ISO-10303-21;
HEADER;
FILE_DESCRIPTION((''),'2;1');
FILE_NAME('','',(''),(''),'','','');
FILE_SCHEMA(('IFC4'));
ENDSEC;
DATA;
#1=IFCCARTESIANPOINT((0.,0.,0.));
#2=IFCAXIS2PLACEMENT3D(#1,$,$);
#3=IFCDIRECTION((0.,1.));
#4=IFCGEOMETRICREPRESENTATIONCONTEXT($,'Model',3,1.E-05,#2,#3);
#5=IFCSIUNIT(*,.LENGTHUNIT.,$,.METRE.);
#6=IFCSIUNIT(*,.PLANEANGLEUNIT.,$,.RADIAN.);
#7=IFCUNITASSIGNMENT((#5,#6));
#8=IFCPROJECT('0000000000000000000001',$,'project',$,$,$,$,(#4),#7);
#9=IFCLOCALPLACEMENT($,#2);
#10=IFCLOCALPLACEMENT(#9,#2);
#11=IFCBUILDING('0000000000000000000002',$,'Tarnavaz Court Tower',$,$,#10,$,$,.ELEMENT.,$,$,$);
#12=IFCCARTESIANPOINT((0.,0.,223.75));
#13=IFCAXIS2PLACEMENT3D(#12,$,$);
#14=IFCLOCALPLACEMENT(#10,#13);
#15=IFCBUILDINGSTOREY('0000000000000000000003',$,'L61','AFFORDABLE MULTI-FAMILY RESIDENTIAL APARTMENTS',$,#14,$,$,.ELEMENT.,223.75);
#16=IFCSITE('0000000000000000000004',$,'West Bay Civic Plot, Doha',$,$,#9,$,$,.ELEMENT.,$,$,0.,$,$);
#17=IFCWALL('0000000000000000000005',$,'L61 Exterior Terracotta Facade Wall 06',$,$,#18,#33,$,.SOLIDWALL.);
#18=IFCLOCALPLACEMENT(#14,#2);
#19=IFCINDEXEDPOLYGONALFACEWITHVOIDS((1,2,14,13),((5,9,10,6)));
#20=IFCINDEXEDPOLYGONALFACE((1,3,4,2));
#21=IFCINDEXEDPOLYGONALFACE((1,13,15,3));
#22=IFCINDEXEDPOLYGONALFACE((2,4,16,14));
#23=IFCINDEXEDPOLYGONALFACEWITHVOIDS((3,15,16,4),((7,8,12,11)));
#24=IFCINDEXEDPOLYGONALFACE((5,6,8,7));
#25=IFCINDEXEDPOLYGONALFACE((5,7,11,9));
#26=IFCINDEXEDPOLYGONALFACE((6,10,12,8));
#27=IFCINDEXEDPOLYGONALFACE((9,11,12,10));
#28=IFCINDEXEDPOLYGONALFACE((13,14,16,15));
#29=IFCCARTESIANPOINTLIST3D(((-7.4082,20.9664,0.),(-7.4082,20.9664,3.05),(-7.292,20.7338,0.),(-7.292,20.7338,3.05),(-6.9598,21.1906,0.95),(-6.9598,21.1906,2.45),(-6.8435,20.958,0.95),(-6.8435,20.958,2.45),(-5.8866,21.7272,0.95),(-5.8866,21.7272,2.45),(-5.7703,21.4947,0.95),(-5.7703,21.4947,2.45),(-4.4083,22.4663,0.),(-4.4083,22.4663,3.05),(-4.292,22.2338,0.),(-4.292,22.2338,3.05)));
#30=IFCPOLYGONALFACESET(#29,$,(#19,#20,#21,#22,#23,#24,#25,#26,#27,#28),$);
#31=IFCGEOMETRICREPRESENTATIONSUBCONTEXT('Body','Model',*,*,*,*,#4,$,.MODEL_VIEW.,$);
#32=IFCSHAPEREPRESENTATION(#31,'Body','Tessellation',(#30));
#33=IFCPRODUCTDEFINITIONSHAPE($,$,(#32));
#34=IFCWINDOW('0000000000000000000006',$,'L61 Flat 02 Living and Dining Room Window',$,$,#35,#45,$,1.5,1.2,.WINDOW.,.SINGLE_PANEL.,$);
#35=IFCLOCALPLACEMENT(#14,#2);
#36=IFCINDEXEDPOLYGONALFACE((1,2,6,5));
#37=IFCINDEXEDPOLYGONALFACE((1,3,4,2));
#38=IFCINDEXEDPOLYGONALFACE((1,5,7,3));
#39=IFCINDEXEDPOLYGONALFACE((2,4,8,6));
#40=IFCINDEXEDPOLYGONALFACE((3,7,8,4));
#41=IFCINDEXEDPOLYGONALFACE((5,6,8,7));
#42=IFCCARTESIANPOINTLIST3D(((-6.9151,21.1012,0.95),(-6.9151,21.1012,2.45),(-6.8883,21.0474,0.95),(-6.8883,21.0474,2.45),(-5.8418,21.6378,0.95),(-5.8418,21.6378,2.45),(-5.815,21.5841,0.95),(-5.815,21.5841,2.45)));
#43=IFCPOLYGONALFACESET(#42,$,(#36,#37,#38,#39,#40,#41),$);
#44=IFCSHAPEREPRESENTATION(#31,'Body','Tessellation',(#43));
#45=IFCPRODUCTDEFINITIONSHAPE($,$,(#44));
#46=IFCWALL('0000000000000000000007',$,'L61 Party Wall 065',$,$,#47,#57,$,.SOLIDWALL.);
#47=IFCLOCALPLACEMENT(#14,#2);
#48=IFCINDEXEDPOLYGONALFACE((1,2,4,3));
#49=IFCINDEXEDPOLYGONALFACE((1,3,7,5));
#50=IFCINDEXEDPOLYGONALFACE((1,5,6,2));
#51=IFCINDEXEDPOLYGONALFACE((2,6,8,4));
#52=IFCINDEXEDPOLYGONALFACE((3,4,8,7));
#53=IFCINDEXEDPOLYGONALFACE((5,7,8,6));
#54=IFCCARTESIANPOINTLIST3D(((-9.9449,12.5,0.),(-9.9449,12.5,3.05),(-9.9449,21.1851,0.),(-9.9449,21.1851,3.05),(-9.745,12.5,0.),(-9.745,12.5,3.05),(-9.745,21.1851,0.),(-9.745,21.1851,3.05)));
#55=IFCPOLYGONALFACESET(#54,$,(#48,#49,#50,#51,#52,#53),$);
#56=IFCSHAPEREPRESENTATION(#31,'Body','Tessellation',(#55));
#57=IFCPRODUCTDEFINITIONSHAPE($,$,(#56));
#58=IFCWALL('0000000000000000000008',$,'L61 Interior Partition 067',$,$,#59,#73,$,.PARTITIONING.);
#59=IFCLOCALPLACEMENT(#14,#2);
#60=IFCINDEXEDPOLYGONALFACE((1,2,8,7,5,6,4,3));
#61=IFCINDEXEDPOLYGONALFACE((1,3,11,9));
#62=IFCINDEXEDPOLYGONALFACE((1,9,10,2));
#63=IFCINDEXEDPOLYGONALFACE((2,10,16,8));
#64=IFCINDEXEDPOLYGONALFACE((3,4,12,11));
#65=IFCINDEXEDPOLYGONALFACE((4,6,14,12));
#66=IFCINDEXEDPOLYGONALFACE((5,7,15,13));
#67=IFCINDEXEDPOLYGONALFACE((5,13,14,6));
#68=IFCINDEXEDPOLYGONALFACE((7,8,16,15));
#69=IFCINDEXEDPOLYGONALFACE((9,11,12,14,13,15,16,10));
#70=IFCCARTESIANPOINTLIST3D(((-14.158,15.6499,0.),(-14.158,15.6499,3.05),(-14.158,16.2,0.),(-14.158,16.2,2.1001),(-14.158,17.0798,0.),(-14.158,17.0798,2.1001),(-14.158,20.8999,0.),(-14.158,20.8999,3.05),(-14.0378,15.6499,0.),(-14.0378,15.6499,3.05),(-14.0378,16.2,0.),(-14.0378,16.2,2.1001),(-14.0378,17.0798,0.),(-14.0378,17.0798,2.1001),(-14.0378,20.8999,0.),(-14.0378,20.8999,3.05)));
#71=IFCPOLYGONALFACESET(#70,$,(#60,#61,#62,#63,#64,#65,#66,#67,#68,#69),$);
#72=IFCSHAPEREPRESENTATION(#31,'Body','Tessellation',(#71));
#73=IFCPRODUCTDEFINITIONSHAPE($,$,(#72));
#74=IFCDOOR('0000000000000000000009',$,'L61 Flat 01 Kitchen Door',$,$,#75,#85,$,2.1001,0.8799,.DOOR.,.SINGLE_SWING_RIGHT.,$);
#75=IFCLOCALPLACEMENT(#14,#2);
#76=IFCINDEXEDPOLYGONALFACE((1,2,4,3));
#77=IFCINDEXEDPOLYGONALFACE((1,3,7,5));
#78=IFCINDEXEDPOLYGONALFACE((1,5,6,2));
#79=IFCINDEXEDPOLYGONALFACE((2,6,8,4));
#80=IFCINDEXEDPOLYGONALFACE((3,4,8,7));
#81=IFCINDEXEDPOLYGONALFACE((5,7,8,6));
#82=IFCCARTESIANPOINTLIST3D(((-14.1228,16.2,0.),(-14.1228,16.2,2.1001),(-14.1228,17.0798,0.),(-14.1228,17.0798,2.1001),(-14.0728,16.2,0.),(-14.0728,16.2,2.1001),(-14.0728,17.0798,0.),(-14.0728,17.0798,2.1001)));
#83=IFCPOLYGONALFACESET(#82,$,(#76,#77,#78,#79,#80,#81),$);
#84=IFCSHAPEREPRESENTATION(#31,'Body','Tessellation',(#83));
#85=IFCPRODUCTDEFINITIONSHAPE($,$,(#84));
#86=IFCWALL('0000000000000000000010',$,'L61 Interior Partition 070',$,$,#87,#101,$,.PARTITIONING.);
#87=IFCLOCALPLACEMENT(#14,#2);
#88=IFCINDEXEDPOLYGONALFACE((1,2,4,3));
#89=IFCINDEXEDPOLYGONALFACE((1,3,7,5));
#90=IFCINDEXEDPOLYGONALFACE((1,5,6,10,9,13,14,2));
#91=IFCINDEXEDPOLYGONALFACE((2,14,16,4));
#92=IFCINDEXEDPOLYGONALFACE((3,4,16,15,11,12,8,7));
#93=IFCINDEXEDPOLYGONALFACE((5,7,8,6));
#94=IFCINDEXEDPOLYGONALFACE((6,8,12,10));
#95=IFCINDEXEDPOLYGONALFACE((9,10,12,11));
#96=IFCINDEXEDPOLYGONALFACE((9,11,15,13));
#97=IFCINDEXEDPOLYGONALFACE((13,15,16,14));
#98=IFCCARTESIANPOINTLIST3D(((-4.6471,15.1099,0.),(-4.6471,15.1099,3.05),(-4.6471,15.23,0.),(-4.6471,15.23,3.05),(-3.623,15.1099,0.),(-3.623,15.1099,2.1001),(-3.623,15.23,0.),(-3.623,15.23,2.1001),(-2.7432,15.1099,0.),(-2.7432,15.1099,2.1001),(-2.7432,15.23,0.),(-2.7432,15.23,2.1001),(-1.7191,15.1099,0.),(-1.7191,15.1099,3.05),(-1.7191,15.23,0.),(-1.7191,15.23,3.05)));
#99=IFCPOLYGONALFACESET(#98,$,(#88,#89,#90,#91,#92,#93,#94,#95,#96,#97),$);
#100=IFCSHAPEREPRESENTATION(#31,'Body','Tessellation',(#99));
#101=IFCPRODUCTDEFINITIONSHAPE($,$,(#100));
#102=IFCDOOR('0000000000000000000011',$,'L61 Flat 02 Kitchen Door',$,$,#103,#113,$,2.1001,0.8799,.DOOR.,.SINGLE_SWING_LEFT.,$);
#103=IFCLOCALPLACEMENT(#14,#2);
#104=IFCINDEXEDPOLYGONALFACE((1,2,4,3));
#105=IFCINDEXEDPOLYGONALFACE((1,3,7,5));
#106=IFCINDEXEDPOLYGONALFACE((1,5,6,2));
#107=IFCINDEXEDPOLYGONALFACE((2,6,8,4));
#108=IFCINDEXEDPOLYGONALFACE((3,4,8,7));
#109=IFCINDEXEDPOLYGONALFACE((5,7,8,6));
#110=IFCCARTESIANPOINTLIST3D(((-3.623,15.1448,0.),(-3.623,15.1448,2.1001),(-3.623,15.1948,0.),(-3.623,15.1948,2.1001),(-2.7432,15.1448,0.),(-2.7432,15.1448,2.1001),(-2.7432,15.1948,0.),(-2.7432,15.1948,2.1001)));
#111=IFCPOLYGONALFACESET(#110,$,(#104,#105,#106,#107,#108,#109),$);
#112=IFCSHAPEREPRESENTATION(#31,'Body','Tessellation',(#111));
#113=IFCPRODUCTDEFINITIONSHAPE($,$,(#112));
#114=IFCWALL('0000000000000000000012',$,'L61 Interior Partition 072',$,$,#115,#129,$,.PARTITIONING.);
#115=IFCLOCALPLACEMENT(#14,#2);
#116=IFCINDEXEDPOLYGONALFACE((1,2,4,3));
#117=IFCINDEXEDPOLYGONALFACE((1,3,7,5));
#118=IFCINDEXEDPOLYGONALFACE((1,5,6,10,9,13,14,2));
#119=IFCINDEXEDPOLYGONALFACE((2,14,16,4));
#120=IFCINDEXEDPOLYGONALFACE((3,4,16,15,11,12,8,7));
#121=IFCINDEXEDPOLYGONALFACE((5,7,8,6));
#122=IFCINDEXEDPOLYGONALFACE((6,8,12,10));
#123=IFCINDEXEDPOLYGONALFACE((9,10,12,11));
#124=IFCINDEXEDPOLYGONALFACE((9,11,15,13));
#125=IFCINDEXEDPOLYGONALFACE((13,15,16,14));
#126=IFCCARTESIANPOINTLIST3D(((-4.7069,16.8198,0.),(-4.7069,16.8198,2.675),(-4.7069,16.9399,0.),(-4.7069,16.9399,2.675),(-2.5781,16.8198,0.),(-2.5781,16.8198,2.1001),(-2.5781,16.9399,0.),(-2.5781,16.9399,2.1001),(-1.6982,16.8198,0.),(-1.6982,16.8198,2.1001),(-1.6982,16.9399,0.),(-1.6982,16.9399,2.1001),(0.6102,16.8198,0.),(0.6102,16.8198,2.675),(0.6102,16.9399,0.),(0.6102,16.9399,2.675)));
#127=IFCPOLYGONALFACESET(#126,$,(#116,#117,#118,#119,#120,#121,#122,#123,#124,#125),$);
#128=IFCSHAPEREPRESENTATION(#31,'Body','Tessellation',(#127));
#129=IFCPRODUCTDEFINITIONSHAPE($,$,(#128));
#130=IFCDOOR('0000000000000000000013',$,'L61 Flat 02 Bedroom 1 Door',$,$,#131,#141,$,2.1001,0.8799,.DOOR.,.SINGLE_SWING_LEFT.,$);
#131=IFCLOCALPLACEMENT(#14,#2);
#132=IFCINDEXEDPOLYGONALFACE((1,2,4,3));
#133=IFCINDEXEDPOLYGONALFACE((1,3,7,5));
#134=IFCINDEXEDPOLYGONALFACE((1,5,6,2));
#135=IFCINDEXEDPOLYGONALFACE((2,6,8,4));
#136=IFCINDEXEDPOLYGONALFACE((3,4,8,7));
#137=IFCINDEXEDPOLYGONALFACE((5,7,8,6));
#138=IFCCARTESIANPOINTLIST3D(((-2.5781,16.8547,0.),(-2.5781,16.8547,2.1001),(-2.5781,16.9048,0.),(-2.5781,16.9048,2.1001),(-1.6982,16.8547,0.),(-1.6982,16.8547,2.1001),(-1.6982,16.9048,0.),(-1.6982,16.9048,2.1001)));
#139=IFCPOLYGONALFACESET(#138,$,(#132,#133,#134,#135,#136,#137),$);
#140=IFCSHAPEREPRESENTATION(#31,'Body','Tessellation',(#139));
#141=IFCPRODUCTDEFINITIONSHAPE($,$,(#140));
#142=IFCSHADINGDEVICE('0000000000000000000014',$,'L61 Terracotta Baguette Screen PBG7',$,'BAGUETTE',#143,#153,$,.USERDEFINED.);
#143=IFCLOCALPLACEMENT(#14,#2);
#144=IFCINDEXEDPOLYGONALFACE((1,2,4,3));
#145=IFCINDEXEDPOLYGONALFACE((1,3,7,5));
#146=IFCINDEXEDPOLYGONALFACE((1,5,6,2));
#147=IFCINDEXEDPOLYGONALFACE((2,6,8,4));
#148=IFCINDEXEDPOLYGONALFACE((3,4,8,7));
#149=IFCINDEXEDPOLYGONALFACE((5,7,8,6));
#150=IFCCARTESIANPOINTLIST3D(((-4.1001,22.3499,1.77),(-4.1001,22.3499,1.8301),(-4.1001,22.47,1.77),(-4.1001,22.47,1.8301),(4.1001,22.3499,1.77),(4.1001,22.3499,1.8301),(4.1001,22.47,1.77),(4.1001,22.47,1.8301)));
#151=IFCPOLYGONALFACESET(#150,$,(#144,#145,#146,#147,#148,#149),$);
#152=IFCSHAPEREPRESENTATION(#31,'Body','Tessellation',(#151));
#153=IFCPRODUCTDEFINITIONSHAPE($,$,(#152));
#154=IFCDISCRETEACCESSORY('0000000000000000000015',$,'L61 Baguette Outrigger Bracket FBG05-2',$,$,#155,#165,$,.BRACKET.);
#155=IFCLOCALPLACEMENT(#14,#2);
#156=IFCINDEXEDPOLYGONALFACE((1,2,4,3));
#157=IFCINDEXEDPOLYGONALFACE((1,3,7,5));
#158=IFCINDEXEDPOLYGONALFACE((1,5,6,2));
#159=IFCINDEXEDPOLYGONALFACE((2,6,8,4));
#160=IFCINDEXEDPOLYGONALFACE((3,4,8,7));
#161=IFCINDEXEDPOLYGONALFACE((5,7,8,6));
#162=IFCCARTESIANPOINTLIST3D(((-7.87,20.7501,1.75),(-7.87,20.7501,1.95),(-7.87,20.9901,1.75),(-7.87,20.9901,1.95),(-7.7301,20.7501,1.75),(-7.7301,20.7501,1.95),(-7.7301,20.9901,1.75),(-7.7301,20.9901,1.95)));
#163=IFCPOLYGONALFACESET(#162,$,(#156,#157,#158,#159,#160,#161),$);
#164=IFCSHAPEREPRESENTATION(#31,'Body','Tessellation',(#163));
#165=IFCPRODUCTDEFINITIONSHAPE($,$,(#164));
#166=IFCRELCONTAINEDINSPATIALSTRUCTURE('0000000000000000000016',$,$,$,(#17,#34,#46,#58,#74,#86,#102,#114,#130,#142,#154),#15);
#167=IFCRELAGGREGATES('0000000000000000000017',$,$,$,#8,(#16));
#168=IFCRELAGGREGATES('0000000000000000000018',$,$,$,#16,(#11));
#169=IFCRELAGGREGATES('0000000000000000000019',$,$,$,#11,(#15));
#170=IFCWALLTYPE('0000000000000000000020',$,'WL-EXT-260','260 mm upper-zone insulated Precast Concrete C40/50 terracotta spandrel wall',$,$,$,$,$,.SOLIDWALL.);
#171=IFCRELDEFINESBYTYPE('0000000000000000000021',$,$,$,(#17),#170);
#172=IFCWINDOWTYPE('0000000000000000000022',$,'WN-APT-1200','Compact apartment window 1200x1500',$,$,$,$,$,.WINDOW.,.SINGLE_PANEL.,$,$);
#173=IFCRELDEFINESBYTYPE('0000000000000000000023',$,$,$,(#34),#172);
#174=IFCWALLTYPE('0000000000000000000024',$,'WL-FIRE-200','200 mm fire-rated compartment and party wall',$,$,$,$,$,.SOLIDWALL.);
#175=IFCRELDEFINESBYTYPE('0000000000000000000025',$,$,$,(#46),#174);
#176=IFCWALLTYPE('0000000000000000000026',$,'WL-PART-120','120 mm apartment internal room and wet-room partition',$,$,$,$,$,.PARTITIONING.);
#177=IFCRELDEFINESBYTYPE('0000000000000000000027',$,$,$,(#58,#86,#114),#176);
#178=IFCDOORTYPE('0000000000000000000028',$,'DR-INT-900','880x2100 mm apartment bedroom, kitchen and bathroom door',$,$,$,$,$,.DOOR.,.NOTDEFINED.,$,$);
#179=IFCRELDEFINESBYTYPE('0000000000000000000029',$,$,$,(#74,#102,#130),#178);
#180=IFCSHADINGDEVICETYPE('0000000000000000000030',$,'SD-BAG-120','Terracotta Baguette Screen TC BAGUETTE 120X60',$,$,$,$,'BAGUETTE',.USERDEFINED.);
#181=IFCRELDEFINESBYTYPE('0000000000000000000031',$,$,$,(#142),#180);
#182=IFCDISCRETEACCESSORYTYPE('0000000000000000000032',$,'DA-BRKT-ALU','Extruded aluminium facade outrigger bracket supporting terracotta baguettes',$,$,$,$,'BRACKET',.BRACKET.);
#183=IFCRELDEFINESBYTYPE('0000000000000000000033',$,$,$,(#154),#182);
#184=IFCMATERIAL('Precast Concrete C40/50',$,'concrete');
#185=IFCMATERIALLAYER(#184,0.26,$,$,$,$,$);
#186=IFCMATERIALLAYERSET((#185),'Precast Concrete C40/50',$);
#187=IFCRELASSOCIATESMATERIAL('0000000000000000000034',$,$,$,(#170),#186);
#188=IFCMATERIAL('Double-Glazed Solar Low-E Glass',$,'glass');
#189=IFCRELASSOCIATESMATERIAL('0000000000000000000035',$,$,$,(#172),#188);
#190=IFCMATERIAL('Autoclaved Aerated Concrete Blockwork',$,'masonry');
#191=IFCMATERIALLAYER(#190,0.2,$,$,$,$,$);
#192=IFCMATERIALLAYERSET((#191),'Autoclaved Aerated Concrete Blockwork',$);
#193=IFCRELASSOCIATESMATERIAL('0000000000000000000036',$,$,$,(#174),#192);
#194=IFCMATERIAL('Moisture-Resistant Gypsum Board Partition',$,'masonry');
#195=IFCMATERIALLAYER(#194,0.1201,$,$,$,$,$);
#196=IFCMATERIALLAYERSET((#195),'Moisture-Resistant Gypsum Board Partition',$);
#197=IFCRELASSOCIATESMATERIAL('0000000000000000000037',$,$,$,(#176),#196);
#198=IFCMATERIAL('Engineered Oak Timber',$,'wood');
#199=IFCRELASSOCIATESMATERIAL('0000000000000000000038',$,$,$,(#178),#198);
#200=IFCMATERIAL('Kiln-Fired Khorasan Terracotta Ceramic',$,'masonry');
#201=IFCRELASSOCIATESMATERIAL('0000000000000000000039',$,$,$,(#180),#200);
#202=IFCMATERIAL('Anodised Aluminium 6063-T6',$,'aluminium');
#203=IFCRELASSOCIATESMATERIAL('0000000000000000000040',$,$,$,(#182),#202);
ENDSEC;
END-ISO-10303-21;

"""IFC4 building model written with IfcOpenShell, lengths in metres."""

from ifc_helpers import new_model, si_unit, direction, frame, frame_2d, origin, origin_2d, place, context, subcontext, project, spatial, rectangle, extrude, material, layer, layer_set, material_profile, profile_set, type_object, element, fill, save


model = new_model("IFC4")

# Units and contexts
model_context = context("Model", 3, precision=1e-05, world=origin(), true_north=direction((0.0, 1.0)))
body_context = subcontext(model_context, "Body", "Model", "MODEL_VIEW")
ifc_project = project(units=[si_unit("LENGTHUNIT", "METRE"), si_unit("PLANEANGLEUNIT", "RADIAN")], contexts=[model_context])

# Site, building, storey
site_placement = place(None, origin())
site = spatial("IfcSite", under=ifc_project, at=site_placement, Name="West Bay Civic Plot, Doha", CompositionType="ELEMENT", RefElevation=0.0)
building_placement = place(site_placement, origin())
building = spatial("IfcBuilding", under=site, at=building_placement, Name="Tarnavaz Court Tower", CompositionType="ELEMENT")
storey_placement = place(building_placement, frame((0.0, 0.0, 223.75)))
storey = spatial("IfcBuildingStorey", under=building, at=storey_placement, Name="L61", Description="AFFORDABLE MULTI-FAMILY RESIDENTIAL APARTMENTS", CompositionType="ELEMENT", Elevation=223.75)

# Shared definitions
ifc_material_1 = material(Name="Anodised Aluminium 6063-T6", Category="aluminium")
ifc_material_2 = material(Name="Double-Glazed Solar Low-E Glass", Category="glass")

# Wall, opening, window
ifc_material_3 = material(Name="Precast Concrete C40/50", Category="concrete")
ifc_layer_1 = layer(ifc_material_3, 0.26)
ifc_layer_set_1 = layer_set([ifc_layer_1], Name="Precast Concrete C40/50")
wall_type_1 = type_object("IfcWallType", Name="WL-EXT-260", Description="260 mm upper-zone insulated Precast Concrete C40/50 terracotta spandrel wall", PredefinedType="SOLIDWALL", material=ifc_layer_set_1)
wall_1_placement = place(storey_placement, frame((-7.3501, 20.8501, 0.0), z_axis=(0.0, 0.0, 1.0), x_axis=(0.894427, 0.447214, 0.0)))
wall_1 = element("IfcWall", 1, at=wall_1_placement, inside=storey, type_object=wall_type_1, Name="L61 Exterior Terracotta Facade Wall 06", PredefinedType="SOLIDWALL", context=body_context, shape_type="SweptSolid", body=[
    extrude(rectangle(XDim=3.354, YDim=0.26, at=frame_2d((1.677, 0.0))), origin(), (0.0, 0.0, 1.0), 3.05),
])
opening_1_placement = place(wall_1_placement, frame((0.5012, 0.0, 0.95)))
opening_1 = element("IfcOpeningElement", 2, at=opening_1_placement, cuts=wall_1, PredefinedType="OPENING", context=body_context, shape_type="SweptSolid", body=[
    extrude(rectangle(XDim=1.2, YDim=1.5, at=frame_2d((0.6001, 0.75))), frame((0.0, 0.1399, 0.0), z_axis=(0.0, -1.0, 0.0), x_axis=(1.0, 0.0, 0.0)), (0.0, 0.0, 1.0), 0.28),
])
window_type = type_object("IfcWindowType", Name="WN-APT-1200", Description="Compact apartment window 1200x1500", PartitioningType="SINGLE_PANEL", PredefinedType="WINDOW", material=ifc_material_2)
window_placement = place(opening_1_placement, origin())
window = element("IfcWindow", 3, at=window_placement, inside=storey, type_object=window_type, Name="L61 Flat 02 Living and Dining Room Window", OverallHeight=1.5, OverallWidth=1.2, PartitioningType="SINGLE_PANEL", PredefinedType="WINDOW", context=body_context, shape_type="SweptSolid", body=[
    extrude(rectangle(XDim=1.2, YDim=1.5, at=frame_2d((0.6001, 0.75))), frame((0.0, 0.03, 0.0), z_axis=(0.0, -1.0, 0.0), x_axis=(1.0, 0.0, 0.0)), (0.0, 0.0, 1.0), 0.0601),
])
fill(opening_1, window)

# Wall
ifc_material_4 = material(Name="Autoclaved Aerated Concrete Blockwork", Category="masonry")
ifc_layer_2 = layer(ifc_material_4, 0.2)
ifc_layer_set_2 = layer_set([ifc_layer_2], Name="Autoclaved Aerated Concrete Blockwork")
wall_type_2 = type_object("IfcWallType", Name="WL-FIRE-200", Description="200 mm fire-rated compartment and party wall", PredefinedType="SOLIDWALL", material=ifc_layer_set_2)
wall_2_placement = place(storey_placement, frame((-9.845, 12.5, 0.0), z_axis=(0.0, 0.0, 1.0), x_axis=(0.0, 1.0, 0.0)))
element("IfcWall", 4, at=wall_2_placement, inside=storey, type_object=wall_type_2, Name="L61 Party Wall 065", PredefinedType="SOLIDWALL", context=body_context, shape_type="SweptSolid", body=[
    extrude(rectangle(XDim=8.6851, YDim=0.2, at=frame_2d((4.3425, 0.0))), origin(), (0.0, 0.0, 1.0), 3.05),
])

# Walls, openings, doors
ifc_material_5 = material(Name="Moisture-Resistant Gypsum Board Partition", Category="masonry")
ifc_layer_3 = layer(ifc_material_5, 0.1201)
ifc_layer_set_3 = layer_set([ifc_layer_3], Name="Moisture-Resistant Gypsum Board Partition")
wall_type_3 = type_object("IfcWallType", Name="WL-PART-120", Description="120 mm apartment internal room and wet-room partition", PredefinedType="PARTITIONING", material=ifc_layer_set_3)
wall_3_placement = place(storey_placement, frame((-14.0979, 15.6499, 0.0), z_axis=(0.0, 0.0, 1.0), x_axis=(0.0, 1.0, 0.0)))
wall_3 = element("IfcWall", 5, at=wall_3_placement, inside=storey, type_object=wall_type_3, Name="L61 Interior Partition 067", PredefinedType="PARTITIONING", context=body_context, shape_type="SweptSolid", body=[
    extrude(rectangle(XDim=5.25, YDim=0.1201, at=frame_2d((2.625, 0.0))), origin(), (0.0, 0.0, 1.0), 3.05),
])
opening_2_placement = place(wall_3_placement, frame((0.55, 0.0, 0.0)))
opening_2 = element("IfcOpeningElement", 6, at=opening_2_placement, cuts=wall_3, PredefinedType="OPENING", context=body_context, shape_type="SweptSolid", body=[
    extrude(rectangle(XDim=0.8799, YDim=2.1001, at=frame_2d((0.4399, 1.05))), frame((0.0, 0.0701, 0.0), z_axis=(0.0, -1.0, 0.0), x_axis=(1.0, 0.0, 0.0)), (0.0, 0.0, 1.0), 0.1401),
])
ifc_material_6 = material(Name="Engineered Oak Timber", Category="wood")
door_type = type_object("IfcDoorType", Name="DR-INT-900", Description="880x2100 mm apartment bedroom, kitchen and bathroom door", OperationType="NOTDEFINED", PredefinedType="DOOR", material=ifc_material_6)
door_1_placement = place(opening_2_placement, origin())
door_1 = element("IfcDoor", 7, at=door_1_placement, inside=storey, type_object=door_type, Name="L61 Flat 01 Kitchen Door", OperationType="SINGLE_SWING_RIGHT", OverallHeight=2.1001, OverallWidth=0.8799, PredefinedType="DOOR", context=body_context, shape_type="SweptSolid", body=[
    extrude(rectangle(XDim=0.8799, YDim=2.1001, at=frame_2d((0.4399, 1.05))), frame((0.0, 0.0249, 0.0), z_axis=(0.0, -1.0, 0.0), x_axis=(1.0, 0.0, 0.0)), (0.0, 0.0, 1.0), 0.05),
])
fill(opening_2, door_1)
wall_4_placement = place(storey_placement, frame((-4.647, 15.1699, 0.0), z_axis=(0.0, 0.0, 1.0), x_axis=(1.0, 0.0, 0.0)))
wall_4 = element("IfcWall", 8, at=wall_4_placement, inside=storey, type_object=wall_type_3, Name="L61 Interior Partition 070", PredefinedType="PARTITIONING", context=body_context, shape_type="SweptSolid", body=[
    extrude(rectangle(XDim=2.928, YDim=0.1201, at=frame_2d((1.4639, 0.0))), origin(), (0.0, 0.0, 1.0), 3.05),
])
opening_3_placement = place(wall_4_placement, frame((1.0239, 0.0, 0.0)))
opening_3 = element("IfcOpeningElement", 9, at=opening_3_placement, cuts=wall_4, PredefinedType="OPENING", context=body_context, shape_type="SweptSolid", body=[
    extrude(rectangle(XDim=0.8799, YDim=2.1001, at=frame_2d((0.4399, 1.05))), frame((0.0, 0.0701, 0.0), z_axis=(0.0, -1.0, 0.0), x_axis=(1.0, 0.0, 0.0)), (0.0, 0.0, 1.0), 0.1401),
])
door_2_placement = place(opening_3_placement, origin())
door_2 = element("IfcDoor", 10, at=door_2_placement, inside=storey, type_object=door_type, Name="L61 Flat 02 Kitchen Door", OperationType="SINGLE_SWING_LEFT", OverallHeight=2.1001, OverallWidth=0.8799, PredefinedType="DOOR", context=body_context, shape_type="SweptSolid", body=[
    extrude(rectangle(XDim=0.8799, YDim=2.1001, at=frame_2d((0.4399, 1.05))), frame((0.0, 0.0249, 0.0), z_axis=(0.0, -1.0, 0.0), x_axis=(1.0, 0.0, 0.0)), (0.0, 0.0, 1.0), 0.05),
])
fill(opening_3, door_2)
wall_5_placement = place(storey_placement, frame((-4.707, 16.8799, 0.0), z_axis=(0.0, 0.0, 1.0), x_axis=(1.0, 0.0, 0.0)))
wall_5 = element("IfcWall", 11, at=wall_5_placement, inside=storey, type_object=wall_type_3, Name="L61 Interior Partition 072", PredefinedType="PARTITIONING", context=body_context, shape_type="SweptSolid", body=[
    extrude(rectangle(XDim=5.3171, YDim=0.1201, at=frame_2d((2.6587, 0.0))), origin(), (0.0, 0.0, 1.0), 2.675),
])
opening_4_placement = place(wall_5_placement, frame((2.1289, 0.0, 0.0)))
opening_4 = element("IfcOpeningElement", 12, at=opening_4_placement, cuts=wall_5, PredefinedType="OPENING", context=body_context, shape_type="SweptSolid", body=[
    extrude(rectangle(XDim=0.8799, YDim=2.1001, at=frame_2d((0.4399, 1.05))), frame((0.0, 0.0701, 0.0), z_axis=(0.0, -1.0, 0.0), x_axis=(1.0, 0.0, 0.0)), (0.0, 0.0, 1.0), 0.1401),
])
door_3_placement = place(opening_4_placement, origin())
door_3 = element("IfcDoor", 13, at=door_3_placement, inside=storey, type_object=door_type, Name="L61 Flat 02 Bedroom 1 Door", OperationType="SINGLE_SWING_LEFT", OverallHeight=2.1001, OverallWidth=0.8799, PredefinedType="DOOR", context=body_context, shape_type="SweptSolid", body=[
    extrude(rectangle(XDim=0.8799, YDim=2.1001, at=frame_2d((0.4399, 1.05))), frame((0.0, 0.0249, 0.0), z_axis=(0.0, -1.0, 0.0), x_axis=(1.0, 0.0, 0.0)), (0.0, 0.0, 1.0), 0.05),
])
fill(opening_4, door_3)

# Shading device
ifc_material_7 = material(Name="Kiln-Fired Khorasan Terracotta Ceramic", Category="masonry")
ifc_material_profile_1 = material_profile(ifc_material_7, rectangle(XDim=0.1201, YDim=0.0601, at=origin_2d()), Name="TC BAGUETTE 120X60")
ifc_profile_set_1 = profile_set([ifc_material_profile_1], Name="Kiln-Fired Khorasan Terracotta Ceramic")
shading_device_type = type_object("IfcShadingDeviceType", Name="SD-BAG-120", Description="Terracotta Baguette Screen TC BAGUETTE 120X60", ElementType="BAGUETTE", PredefinedType="USERDEFINED", material=ifc_profile_set_1)
shading_device_placement = place(storey_placement, frame((-4.1001, 22.4099, 1.8), z_axis=(1.0, 0.0, 0.0), x_axis=(0.0, 1.0, 0.0)))
element("IfcShadingDevice", 14, at=shading_device_placement, inside=storey, type_object=shading_device_type, Name="L61 Terracotta Baguette Screen PBG7", ObjectType="BAGUETTE", PredefinedType="USERDEFINED", context=body_context, shape_type="SweptSolid", body=[
    extrude(rectangle(XDim=0.1201, YDim=0.0601, at=origin_2d()), origin(), (0.0, 0.0, 1.0), 8.2002),
])

# Discrete accessory
discrete_accessory_type = type_object("IfcDiscreteAccessoryType", Name="DA-BRKT-ALU", Description="Extruded aluminium facade outrigger bracket supporting terracotta baguettes", ElementType="BRACKET", PredefinedType="BRACKET", material=ifc_material_1)
for number, where, z_axis, x_axis, name in (
    (15, (-7.8, 20.8701, 1.75), (0.0, 0.0, 1.0), (1.0, 0.0, 0.0), "L61 Baguette Outrigger Bracket FBG05-2"),
):
    element("IfcDiscreteAccessory", number, at=place(storey_placement, frame(where, z_axis=z_axis, x_axis=x_axis)), inside=storey, type_object=discrete_accessory_type, Name=name, PredefinedType="BRACKET", context=body_context, shape_type="SweptSolid", body=[
        extrude(rectangle(XDim=0.1399, YDim=0.24, at=origin_2d()), origin(), (0.0, 0.0, 1.0), 0.2),
    ])

save(model, "model.ifc")
